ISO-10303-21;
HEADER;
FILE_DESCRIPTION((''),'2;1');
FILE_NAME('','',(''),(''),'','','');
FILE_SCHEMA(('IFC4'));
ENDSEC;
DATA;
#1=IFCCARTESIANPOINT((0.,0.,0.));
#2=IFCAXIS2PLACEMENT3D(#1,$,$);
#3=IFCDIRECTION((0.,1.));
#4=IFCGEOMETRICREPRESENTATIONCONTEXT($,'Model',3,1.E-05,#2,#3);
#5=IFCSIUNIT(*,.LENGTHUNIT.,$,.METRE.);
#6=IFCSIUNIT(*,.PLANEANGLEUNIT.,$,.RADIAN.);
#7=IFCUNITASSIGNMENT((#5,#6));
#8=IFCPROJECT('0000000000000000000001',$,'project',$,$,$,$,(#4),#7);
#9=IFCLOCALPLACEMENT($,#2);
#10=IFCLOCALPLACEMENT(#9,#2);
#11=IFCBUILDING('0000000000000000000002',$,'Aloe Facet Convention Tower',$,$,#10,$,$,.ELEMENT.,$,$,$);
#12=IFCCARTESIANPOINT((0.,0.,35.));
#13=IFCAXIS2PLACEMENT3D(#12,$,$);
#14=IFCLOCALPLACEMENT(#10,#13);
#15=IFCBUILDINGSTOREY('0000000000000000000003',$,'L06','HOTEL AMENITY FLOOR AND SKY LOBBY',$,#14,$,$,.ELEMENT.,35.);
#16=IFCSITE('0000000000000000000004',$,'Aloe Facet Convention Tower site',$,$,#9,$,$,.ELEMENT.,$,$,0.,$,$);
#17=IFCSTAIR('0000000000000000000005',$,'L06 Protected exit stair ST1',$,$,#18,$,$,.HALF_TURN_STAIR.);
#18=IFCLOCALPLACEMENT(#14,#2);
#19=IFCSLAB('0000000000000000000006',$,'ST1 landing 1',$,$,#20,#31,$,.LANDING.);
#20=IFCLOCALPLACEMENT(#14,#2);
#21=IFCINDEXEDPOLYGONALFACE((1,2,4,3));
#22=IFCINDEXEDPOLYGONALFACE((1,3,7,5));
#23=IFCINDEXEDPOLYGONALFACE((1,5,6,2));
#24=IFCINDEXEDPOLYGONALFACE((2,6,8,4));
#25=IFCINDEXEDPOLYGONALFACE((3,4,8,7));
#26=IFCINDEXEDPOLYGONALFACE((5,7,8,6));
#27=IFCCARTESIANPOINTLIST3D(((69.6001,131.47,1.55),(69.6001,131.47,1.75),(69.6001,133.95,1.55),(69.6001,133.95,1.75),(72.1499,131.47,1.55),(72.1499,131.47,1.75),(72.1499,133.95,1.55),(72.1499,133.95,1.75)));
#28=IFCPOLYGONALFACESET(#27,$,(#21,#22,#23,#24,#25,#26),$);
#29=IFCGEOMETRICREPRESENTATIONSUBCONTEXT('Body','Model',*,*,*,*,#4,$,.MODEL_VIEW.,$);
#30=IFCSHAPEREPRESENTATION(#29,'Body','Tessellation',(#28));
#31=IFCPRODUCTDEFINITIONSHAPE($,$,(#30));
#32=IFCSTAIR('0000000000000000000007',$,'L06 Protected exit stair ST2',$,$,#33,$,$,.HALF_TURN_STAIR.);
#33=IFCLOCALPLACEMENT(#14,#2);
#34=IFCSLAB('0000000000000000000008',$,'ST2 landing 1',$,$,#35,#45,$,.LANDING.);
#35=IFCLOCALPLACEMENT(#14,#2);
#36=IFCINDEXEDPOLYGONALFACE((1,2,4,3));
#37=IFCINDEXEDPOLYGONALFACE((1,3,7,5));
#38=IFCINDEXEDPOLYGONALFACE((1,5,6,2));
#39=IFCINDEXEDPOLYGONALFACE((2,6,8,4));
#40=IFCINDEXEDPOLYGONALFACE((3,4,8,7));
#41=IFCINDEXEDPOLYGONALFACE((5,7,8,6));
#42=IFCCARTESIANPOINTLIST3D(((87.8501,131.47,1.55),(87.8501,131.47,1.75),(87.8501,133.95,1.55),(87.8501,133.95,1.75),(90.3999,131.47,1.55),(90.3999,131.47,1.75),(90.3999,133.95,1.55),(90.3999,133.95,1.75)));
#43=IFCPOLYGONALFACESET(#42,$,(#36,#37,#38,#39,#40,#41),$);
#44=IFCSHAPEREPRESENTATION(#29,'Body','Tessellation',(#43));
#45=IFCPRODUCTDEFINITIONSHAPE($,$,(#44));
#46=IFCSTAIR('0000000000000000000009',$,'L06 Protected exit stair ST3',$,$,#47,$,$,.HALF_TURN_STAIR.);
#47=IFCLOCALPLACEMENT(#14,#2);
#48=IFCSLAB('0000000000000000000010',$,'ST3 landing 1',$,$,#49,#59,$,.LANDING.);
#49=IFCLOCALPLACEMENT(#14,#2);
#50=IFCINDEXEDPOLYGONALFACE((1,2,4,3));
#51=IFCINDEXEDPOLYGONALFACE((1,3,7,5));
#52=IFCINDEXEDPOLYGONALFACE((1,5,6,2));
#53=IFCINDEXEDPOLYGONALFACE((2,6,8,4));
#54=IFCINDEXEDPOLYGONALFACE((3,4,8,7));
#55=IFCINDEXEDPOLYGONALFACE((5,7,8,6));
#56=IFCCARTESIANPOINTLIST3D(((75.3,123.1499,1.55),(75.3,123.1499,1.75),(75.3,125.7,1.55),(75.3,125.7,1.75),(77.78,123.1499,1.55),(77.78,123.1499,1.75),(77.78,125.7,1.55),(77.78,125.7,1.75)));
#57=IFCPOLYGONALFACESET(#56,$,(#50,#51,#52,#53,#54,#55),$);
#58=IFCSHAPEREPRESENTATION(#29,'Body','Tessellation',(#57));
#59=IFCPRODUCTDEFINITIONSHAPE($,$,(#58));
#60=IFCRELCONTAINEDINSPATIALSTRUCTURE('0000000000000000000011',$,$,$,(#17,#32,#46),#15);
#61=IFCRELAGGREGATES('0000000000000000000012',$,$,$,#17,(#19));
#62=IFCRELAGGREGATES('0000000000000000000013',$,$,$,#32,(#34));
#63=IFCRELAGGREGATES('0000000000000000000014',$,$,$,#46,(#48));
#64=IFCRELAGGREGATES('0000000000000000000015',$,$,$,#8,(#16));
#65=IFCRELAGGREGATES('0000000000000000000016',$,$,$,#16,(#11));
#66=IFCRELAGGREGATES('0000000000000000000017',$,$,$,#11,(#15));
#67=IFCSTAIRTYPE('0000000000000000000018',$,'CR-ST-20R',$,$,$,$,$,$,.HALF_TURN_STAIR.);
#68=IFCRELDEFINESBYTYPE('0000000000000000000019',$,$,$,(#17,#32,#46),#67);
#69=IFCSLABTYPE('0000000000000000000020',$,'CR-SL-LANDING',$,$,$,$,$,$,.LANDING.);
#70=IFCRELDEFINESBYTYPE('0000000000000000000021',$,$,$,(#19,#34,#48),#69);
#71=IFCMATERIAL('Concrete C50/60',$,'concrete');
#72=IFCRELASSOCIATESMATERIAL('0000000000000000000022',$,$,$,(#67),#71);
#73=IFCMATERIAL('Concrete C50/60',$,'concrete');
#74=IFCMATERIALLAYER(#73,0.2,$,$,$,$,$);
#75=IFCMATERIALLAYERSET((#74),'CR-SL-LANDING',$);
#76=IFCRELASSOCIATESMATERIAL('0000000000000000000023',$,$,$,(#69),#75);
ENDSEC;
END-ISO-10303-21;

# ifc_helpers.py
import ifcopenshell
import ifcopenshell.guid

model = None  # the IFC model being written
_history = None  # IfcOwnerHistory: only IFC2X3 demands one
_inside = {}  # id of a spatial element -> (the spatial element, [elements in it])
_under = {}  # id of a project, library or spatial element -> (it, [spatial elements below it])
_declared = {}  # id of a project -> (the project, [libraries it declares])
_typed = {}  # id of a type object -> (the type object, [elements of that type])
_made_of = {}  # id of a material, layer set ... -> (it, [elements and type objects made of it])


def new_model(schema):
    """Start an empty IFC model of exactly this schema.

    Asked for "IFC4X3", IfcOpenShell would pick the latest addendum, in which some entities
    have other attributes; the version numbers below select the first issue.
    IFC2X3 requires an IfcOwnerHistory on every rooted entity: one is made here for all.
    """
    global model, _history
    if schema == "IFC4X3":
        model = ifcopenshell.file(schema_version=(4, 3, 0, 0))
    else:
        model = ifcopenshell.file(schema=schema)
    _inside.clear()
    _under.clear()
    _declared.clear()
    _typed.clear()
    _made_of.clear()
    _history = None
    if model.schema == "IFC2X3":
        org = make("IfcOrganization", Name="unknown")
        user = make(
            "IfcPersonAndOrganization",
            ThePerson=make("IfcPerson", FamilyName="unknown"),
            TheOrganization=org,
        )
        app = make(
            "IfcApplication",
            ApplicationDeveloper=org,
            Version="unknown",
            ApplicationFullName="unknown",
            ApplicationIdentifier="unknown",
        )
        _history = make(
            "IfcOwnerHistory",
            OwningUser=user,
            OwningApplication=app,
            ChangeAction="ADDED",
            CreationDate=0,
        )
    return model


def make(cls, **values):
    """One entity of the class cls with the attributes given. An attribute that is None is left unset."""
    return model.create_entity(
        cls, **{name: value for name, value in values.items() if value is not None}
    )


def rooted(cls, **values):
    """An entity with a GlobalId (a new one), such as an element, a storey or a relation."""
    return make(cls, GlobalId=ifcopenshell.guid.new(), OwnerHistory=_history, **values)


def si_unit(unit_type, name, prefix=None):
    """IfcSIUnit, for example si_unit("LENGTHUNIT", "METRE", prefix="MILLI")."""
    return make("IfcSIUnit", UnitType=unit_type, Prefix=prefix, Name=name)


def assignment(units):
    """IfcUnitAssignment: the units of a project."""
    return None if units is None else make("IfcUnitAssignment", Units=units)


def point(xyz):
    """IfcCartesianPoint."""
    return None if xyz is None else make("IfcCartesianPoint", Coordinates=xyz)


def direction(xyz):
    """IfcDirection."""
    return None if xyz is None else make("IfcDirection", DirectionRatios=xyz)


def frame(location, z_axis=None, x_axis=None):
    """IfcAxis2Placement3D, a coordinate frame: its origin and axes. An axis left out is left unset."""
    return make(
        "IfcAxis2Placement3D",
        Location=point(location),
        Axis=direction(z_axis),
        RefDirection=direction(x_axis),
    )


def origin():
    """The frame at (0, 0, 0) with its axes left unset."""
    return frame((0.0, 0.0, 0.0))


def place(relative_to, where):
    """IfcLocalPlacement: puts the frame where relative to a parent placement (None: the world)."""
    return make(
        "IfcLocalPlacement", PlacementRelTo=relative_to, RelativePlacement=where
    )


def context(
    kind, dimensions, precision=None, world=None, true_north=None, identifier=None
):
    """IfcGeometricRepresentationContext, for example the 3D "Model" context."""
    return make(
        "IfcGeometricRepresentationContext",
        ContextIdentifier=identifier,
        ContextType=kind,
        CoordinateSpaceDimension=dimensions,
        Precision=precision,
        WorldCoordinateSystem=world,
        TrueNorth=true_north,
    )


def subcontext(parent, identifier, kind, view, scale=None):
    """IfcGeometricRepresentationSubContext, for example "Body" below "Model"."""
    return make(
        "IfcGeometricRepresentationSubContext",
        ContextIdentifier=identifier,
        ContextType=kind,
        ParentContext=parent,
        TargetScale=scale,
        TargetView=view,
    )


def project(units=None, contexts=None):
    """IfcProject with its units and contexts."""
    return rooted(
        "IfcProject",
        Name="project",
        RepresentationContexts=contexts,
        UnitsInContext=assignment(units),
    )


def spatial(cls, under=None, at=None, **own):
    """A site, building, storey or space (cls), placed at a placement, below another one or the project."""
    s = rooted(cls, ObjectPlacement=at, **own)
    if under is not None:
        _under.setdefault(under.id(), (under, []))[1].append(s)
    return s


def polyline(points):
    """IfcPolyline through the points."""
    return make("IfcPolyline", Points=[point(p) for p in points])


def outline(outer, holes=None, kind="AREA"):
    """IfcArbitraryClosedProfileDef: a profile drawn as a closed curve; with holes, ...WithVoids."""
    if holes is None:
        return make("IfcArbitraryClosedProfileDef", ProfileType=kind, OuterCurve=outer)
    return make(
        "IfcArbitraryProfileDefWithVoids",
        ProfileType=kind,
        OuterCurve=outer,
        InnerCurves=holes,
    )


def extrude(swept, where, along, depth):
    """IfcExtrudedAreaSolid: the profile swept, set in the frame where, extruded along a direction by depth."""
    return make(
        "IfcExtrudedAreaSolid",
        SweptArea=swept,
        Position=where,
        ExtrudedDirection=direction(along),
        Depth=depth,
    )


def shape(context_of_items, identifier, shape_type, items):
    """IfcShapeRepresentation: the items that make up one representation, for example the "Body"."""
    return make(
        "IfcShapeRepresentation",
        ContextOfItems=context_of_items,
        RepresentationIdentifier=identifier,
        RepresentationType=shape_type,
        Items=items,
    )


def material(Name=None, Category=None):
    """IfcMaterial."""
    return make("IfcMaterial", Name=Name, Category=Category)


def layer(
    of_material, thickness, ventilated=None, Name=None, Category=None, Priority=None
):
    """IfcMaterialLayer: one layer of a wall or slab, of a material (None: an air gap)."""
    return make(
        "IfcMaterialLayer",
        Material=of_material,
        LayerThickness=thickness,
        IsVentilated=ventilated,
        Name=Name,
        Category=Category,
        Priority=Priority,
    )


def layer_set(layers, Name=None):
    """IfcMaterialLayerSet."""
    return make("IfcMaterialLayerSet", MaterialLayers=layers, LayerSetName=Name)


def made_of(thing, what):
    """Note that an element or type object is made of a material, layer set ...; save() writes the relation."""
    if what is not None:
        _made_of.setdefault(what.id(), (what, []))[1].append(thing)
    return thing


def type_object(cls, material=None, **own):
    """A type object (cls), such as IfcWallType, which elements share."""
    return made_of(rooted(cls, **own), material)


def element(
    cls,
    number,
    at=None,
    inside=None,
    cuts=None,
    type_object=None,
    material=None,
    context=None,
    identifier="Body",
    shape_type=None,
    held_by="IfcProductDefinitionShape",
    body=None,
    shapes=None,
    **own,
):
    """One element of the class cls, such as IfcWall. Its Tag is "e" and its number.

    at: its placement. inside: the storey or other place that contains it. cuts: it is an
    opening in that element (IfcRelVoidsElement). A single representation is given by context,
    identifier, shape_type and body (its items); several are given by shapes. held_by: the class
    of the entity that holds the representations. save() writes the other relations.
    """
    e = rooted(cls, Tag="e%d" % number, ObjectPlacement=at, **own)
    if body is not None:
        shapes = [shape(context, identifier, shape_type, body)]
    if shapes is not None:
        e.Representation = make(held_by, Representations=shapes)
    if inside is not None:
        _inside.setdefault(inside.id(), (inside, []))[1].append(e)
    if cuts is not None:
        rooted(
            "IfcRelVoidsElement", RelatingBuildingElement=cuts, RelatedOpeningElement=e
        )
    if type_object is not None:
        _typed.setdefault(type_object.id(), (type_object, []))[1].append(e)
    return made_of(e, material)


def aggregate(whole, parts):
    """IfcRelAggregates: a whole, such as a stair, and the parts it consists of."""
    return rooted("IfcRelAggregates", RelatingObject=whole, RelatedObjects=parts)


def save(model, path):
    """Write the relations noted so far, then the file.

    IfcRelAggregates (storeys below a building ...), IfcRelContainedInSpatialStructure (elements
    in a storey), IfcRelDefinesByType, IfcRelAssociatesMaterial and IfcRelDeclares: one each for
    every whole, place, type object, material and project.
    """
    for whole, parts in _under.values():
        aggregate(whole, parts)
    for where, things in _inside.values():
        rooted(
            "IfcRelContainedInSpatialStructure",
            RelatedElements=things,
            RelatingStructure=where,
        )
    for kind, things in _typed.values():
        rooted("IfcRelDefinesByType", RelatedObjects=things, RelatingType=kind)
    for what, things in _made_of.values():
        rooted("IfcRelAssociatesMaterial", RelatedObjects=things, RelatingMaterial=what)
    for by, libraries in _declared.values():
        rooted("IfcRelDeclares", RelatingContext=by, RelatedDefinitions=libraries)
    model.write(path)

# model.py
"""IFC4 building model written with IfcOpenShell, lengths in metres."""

from ifc_helpers import new_model, si_unit, direction, frame, origin, place, context, subcontext, project, spatial, polyline, outline, extrude, material, layer, layer_set, type_object, element, aggregate, save


model = new_model("IFC4")

# Units and contexts
model_context = context("Model", 3, precision=1e-05, world=origin(), true_north=direction((0.0, 1.0)))
body_context = subcontext(model_context, "Body", "Model", "MODEL_VIEW")
ifc_project = project(units=[si_unit("LENGTHUNIT", "METRE"), si_unit("PLANEANGLEUNIT", "RADIAN")], contexts=[model_context])

# Site, building, storey
site_placement = place(None, origin())
site = spatial("IfcSite", under=ifc_project, at=site_placement, Name="Aloe Facet Convention Tower site", CompositionType="ELEMENT", RefElevation=0.0)
building_placement = place(site_placement, origin())
building = spatial("IfcBuilding", under=site, at=building_placement, Name="Aloe Facet Convention Tower", CompositionType="ELEMENT")
storey_placement = place(building_placement, frame((0.0, 0.0, 35.0)))
storey = spatial("IfcBuildingStorey", under=building, at=storey_placement, Name="L06", Description="HOTEL AMENITY FLOOR AND SKY LOBBY", CompositionType="ELEMENT", Elevation=35.0)

# Stairs, slabs
ifc_material_1 = material(Name="Concrete C50/60", Category="concrete")
stair_type = type_object("IfcStairType", Name="CR-ST-20R", PredefinedType="HALF_TURN_STAIR", material=ifc_material_1)
stair_1_placement = place(storey_placement, origin())
stair_1 = element("IfcStair", 1, at=stair_1_placement, inside=storey, type_object=stair_type, Name="L06 Protected exit stair ST1", PredefinedType="HALF_TURN_STAIR")
ifc_material_2 = material(Name="Concrete C50/60", Category="concrete")
ifc_layer_1 = layer(ifc_material_2, 0.2)
ifc_layer_set_1 = layer_set([ifc_layer_1], Name="CR-SL-LANDING")
slab_type_1 = type_object("IfcSlabType", Name="CR-SL-LANDING", PredefinedType="LANDING", material=ifc_layer_set_1)
slab_1_placement = place(storey_placement, frame((0.0, 0.0, 1.55)))
slab_1 = element("IfcSlab", 2, at=slab_1_placement, type_object=slab_type_1, Name="ST1 landing 1", PredefinedType="LANDING", context=body_context, shape_type="SweptSolid", body=[
    extrude(outline(polyline([(72.1499, 131.47), (72.1499, 133.95), (69.6001, 133.95), (69.6001, 131.47), (72.1499, 131.47)])), origin(), (0.0, 0.0, 1.0), 0.2),
])
aggregate(stair_1, [slab_1])
stair_2_placement = place(storey_placement, origin())
stair_2 = element("IfcStair", 3, at=stair_2_placement, inside=storey, type_object=stair_type, Name="L06 Protected exit stair ST2", PredefinedType="HALF_TURN_STAIR")
slab_2_placement = place(storey_placement, frame((0.0, 0.0, 1.55)))
slab_2 = element("IfcSlab", 4, at=slab_2_placement, type_object=slab_type_1, Name="ST2 landing 1", PredefinedType="LANDING", context=body_context, shape_type="SweptSolid", body=[
    extrude(outline(polyline([(90.3999, 131.47), (90.3999, 133.95), (87.8501, 133.95), (87.8501, 131.47), (90.3999, 131.47)])), origin(), (0.0, 0.0, 1.0), 0.2),
])
aggregate(stair_2, [slab_2])
stair_3_placement = place(storey_placement, origin())
stair_3 = element("IfcStair", 5, at=stair_3_placement, inside=storey, type_object=stair_type, Name="L06 Protected exit stair ST3", PredefinedType="HALF_TURN_STAIR")
slab_3_placement = place(storey_placement, frame((0.0, 0.0, 1.55)))
slab_3 = element("IfcSlab", 6, at=slab_3_placement, type_object=slab_type_1, Name="ST3 landing 1", PredefinedType="LANDING", context=body_context, shape_type="SweptSolid", body=[
    extrude(outline(polyline([(77.78, 125.7), (75.3, 125.7), (75.3, 123.1499), (77.78, 123.1499), (77.78, 125.7)])), origin(), (0.0, 0.0, 1.0), 0.2),
])
aggregate(stair_3, [slab_3])

save(model, "model.ifc")
